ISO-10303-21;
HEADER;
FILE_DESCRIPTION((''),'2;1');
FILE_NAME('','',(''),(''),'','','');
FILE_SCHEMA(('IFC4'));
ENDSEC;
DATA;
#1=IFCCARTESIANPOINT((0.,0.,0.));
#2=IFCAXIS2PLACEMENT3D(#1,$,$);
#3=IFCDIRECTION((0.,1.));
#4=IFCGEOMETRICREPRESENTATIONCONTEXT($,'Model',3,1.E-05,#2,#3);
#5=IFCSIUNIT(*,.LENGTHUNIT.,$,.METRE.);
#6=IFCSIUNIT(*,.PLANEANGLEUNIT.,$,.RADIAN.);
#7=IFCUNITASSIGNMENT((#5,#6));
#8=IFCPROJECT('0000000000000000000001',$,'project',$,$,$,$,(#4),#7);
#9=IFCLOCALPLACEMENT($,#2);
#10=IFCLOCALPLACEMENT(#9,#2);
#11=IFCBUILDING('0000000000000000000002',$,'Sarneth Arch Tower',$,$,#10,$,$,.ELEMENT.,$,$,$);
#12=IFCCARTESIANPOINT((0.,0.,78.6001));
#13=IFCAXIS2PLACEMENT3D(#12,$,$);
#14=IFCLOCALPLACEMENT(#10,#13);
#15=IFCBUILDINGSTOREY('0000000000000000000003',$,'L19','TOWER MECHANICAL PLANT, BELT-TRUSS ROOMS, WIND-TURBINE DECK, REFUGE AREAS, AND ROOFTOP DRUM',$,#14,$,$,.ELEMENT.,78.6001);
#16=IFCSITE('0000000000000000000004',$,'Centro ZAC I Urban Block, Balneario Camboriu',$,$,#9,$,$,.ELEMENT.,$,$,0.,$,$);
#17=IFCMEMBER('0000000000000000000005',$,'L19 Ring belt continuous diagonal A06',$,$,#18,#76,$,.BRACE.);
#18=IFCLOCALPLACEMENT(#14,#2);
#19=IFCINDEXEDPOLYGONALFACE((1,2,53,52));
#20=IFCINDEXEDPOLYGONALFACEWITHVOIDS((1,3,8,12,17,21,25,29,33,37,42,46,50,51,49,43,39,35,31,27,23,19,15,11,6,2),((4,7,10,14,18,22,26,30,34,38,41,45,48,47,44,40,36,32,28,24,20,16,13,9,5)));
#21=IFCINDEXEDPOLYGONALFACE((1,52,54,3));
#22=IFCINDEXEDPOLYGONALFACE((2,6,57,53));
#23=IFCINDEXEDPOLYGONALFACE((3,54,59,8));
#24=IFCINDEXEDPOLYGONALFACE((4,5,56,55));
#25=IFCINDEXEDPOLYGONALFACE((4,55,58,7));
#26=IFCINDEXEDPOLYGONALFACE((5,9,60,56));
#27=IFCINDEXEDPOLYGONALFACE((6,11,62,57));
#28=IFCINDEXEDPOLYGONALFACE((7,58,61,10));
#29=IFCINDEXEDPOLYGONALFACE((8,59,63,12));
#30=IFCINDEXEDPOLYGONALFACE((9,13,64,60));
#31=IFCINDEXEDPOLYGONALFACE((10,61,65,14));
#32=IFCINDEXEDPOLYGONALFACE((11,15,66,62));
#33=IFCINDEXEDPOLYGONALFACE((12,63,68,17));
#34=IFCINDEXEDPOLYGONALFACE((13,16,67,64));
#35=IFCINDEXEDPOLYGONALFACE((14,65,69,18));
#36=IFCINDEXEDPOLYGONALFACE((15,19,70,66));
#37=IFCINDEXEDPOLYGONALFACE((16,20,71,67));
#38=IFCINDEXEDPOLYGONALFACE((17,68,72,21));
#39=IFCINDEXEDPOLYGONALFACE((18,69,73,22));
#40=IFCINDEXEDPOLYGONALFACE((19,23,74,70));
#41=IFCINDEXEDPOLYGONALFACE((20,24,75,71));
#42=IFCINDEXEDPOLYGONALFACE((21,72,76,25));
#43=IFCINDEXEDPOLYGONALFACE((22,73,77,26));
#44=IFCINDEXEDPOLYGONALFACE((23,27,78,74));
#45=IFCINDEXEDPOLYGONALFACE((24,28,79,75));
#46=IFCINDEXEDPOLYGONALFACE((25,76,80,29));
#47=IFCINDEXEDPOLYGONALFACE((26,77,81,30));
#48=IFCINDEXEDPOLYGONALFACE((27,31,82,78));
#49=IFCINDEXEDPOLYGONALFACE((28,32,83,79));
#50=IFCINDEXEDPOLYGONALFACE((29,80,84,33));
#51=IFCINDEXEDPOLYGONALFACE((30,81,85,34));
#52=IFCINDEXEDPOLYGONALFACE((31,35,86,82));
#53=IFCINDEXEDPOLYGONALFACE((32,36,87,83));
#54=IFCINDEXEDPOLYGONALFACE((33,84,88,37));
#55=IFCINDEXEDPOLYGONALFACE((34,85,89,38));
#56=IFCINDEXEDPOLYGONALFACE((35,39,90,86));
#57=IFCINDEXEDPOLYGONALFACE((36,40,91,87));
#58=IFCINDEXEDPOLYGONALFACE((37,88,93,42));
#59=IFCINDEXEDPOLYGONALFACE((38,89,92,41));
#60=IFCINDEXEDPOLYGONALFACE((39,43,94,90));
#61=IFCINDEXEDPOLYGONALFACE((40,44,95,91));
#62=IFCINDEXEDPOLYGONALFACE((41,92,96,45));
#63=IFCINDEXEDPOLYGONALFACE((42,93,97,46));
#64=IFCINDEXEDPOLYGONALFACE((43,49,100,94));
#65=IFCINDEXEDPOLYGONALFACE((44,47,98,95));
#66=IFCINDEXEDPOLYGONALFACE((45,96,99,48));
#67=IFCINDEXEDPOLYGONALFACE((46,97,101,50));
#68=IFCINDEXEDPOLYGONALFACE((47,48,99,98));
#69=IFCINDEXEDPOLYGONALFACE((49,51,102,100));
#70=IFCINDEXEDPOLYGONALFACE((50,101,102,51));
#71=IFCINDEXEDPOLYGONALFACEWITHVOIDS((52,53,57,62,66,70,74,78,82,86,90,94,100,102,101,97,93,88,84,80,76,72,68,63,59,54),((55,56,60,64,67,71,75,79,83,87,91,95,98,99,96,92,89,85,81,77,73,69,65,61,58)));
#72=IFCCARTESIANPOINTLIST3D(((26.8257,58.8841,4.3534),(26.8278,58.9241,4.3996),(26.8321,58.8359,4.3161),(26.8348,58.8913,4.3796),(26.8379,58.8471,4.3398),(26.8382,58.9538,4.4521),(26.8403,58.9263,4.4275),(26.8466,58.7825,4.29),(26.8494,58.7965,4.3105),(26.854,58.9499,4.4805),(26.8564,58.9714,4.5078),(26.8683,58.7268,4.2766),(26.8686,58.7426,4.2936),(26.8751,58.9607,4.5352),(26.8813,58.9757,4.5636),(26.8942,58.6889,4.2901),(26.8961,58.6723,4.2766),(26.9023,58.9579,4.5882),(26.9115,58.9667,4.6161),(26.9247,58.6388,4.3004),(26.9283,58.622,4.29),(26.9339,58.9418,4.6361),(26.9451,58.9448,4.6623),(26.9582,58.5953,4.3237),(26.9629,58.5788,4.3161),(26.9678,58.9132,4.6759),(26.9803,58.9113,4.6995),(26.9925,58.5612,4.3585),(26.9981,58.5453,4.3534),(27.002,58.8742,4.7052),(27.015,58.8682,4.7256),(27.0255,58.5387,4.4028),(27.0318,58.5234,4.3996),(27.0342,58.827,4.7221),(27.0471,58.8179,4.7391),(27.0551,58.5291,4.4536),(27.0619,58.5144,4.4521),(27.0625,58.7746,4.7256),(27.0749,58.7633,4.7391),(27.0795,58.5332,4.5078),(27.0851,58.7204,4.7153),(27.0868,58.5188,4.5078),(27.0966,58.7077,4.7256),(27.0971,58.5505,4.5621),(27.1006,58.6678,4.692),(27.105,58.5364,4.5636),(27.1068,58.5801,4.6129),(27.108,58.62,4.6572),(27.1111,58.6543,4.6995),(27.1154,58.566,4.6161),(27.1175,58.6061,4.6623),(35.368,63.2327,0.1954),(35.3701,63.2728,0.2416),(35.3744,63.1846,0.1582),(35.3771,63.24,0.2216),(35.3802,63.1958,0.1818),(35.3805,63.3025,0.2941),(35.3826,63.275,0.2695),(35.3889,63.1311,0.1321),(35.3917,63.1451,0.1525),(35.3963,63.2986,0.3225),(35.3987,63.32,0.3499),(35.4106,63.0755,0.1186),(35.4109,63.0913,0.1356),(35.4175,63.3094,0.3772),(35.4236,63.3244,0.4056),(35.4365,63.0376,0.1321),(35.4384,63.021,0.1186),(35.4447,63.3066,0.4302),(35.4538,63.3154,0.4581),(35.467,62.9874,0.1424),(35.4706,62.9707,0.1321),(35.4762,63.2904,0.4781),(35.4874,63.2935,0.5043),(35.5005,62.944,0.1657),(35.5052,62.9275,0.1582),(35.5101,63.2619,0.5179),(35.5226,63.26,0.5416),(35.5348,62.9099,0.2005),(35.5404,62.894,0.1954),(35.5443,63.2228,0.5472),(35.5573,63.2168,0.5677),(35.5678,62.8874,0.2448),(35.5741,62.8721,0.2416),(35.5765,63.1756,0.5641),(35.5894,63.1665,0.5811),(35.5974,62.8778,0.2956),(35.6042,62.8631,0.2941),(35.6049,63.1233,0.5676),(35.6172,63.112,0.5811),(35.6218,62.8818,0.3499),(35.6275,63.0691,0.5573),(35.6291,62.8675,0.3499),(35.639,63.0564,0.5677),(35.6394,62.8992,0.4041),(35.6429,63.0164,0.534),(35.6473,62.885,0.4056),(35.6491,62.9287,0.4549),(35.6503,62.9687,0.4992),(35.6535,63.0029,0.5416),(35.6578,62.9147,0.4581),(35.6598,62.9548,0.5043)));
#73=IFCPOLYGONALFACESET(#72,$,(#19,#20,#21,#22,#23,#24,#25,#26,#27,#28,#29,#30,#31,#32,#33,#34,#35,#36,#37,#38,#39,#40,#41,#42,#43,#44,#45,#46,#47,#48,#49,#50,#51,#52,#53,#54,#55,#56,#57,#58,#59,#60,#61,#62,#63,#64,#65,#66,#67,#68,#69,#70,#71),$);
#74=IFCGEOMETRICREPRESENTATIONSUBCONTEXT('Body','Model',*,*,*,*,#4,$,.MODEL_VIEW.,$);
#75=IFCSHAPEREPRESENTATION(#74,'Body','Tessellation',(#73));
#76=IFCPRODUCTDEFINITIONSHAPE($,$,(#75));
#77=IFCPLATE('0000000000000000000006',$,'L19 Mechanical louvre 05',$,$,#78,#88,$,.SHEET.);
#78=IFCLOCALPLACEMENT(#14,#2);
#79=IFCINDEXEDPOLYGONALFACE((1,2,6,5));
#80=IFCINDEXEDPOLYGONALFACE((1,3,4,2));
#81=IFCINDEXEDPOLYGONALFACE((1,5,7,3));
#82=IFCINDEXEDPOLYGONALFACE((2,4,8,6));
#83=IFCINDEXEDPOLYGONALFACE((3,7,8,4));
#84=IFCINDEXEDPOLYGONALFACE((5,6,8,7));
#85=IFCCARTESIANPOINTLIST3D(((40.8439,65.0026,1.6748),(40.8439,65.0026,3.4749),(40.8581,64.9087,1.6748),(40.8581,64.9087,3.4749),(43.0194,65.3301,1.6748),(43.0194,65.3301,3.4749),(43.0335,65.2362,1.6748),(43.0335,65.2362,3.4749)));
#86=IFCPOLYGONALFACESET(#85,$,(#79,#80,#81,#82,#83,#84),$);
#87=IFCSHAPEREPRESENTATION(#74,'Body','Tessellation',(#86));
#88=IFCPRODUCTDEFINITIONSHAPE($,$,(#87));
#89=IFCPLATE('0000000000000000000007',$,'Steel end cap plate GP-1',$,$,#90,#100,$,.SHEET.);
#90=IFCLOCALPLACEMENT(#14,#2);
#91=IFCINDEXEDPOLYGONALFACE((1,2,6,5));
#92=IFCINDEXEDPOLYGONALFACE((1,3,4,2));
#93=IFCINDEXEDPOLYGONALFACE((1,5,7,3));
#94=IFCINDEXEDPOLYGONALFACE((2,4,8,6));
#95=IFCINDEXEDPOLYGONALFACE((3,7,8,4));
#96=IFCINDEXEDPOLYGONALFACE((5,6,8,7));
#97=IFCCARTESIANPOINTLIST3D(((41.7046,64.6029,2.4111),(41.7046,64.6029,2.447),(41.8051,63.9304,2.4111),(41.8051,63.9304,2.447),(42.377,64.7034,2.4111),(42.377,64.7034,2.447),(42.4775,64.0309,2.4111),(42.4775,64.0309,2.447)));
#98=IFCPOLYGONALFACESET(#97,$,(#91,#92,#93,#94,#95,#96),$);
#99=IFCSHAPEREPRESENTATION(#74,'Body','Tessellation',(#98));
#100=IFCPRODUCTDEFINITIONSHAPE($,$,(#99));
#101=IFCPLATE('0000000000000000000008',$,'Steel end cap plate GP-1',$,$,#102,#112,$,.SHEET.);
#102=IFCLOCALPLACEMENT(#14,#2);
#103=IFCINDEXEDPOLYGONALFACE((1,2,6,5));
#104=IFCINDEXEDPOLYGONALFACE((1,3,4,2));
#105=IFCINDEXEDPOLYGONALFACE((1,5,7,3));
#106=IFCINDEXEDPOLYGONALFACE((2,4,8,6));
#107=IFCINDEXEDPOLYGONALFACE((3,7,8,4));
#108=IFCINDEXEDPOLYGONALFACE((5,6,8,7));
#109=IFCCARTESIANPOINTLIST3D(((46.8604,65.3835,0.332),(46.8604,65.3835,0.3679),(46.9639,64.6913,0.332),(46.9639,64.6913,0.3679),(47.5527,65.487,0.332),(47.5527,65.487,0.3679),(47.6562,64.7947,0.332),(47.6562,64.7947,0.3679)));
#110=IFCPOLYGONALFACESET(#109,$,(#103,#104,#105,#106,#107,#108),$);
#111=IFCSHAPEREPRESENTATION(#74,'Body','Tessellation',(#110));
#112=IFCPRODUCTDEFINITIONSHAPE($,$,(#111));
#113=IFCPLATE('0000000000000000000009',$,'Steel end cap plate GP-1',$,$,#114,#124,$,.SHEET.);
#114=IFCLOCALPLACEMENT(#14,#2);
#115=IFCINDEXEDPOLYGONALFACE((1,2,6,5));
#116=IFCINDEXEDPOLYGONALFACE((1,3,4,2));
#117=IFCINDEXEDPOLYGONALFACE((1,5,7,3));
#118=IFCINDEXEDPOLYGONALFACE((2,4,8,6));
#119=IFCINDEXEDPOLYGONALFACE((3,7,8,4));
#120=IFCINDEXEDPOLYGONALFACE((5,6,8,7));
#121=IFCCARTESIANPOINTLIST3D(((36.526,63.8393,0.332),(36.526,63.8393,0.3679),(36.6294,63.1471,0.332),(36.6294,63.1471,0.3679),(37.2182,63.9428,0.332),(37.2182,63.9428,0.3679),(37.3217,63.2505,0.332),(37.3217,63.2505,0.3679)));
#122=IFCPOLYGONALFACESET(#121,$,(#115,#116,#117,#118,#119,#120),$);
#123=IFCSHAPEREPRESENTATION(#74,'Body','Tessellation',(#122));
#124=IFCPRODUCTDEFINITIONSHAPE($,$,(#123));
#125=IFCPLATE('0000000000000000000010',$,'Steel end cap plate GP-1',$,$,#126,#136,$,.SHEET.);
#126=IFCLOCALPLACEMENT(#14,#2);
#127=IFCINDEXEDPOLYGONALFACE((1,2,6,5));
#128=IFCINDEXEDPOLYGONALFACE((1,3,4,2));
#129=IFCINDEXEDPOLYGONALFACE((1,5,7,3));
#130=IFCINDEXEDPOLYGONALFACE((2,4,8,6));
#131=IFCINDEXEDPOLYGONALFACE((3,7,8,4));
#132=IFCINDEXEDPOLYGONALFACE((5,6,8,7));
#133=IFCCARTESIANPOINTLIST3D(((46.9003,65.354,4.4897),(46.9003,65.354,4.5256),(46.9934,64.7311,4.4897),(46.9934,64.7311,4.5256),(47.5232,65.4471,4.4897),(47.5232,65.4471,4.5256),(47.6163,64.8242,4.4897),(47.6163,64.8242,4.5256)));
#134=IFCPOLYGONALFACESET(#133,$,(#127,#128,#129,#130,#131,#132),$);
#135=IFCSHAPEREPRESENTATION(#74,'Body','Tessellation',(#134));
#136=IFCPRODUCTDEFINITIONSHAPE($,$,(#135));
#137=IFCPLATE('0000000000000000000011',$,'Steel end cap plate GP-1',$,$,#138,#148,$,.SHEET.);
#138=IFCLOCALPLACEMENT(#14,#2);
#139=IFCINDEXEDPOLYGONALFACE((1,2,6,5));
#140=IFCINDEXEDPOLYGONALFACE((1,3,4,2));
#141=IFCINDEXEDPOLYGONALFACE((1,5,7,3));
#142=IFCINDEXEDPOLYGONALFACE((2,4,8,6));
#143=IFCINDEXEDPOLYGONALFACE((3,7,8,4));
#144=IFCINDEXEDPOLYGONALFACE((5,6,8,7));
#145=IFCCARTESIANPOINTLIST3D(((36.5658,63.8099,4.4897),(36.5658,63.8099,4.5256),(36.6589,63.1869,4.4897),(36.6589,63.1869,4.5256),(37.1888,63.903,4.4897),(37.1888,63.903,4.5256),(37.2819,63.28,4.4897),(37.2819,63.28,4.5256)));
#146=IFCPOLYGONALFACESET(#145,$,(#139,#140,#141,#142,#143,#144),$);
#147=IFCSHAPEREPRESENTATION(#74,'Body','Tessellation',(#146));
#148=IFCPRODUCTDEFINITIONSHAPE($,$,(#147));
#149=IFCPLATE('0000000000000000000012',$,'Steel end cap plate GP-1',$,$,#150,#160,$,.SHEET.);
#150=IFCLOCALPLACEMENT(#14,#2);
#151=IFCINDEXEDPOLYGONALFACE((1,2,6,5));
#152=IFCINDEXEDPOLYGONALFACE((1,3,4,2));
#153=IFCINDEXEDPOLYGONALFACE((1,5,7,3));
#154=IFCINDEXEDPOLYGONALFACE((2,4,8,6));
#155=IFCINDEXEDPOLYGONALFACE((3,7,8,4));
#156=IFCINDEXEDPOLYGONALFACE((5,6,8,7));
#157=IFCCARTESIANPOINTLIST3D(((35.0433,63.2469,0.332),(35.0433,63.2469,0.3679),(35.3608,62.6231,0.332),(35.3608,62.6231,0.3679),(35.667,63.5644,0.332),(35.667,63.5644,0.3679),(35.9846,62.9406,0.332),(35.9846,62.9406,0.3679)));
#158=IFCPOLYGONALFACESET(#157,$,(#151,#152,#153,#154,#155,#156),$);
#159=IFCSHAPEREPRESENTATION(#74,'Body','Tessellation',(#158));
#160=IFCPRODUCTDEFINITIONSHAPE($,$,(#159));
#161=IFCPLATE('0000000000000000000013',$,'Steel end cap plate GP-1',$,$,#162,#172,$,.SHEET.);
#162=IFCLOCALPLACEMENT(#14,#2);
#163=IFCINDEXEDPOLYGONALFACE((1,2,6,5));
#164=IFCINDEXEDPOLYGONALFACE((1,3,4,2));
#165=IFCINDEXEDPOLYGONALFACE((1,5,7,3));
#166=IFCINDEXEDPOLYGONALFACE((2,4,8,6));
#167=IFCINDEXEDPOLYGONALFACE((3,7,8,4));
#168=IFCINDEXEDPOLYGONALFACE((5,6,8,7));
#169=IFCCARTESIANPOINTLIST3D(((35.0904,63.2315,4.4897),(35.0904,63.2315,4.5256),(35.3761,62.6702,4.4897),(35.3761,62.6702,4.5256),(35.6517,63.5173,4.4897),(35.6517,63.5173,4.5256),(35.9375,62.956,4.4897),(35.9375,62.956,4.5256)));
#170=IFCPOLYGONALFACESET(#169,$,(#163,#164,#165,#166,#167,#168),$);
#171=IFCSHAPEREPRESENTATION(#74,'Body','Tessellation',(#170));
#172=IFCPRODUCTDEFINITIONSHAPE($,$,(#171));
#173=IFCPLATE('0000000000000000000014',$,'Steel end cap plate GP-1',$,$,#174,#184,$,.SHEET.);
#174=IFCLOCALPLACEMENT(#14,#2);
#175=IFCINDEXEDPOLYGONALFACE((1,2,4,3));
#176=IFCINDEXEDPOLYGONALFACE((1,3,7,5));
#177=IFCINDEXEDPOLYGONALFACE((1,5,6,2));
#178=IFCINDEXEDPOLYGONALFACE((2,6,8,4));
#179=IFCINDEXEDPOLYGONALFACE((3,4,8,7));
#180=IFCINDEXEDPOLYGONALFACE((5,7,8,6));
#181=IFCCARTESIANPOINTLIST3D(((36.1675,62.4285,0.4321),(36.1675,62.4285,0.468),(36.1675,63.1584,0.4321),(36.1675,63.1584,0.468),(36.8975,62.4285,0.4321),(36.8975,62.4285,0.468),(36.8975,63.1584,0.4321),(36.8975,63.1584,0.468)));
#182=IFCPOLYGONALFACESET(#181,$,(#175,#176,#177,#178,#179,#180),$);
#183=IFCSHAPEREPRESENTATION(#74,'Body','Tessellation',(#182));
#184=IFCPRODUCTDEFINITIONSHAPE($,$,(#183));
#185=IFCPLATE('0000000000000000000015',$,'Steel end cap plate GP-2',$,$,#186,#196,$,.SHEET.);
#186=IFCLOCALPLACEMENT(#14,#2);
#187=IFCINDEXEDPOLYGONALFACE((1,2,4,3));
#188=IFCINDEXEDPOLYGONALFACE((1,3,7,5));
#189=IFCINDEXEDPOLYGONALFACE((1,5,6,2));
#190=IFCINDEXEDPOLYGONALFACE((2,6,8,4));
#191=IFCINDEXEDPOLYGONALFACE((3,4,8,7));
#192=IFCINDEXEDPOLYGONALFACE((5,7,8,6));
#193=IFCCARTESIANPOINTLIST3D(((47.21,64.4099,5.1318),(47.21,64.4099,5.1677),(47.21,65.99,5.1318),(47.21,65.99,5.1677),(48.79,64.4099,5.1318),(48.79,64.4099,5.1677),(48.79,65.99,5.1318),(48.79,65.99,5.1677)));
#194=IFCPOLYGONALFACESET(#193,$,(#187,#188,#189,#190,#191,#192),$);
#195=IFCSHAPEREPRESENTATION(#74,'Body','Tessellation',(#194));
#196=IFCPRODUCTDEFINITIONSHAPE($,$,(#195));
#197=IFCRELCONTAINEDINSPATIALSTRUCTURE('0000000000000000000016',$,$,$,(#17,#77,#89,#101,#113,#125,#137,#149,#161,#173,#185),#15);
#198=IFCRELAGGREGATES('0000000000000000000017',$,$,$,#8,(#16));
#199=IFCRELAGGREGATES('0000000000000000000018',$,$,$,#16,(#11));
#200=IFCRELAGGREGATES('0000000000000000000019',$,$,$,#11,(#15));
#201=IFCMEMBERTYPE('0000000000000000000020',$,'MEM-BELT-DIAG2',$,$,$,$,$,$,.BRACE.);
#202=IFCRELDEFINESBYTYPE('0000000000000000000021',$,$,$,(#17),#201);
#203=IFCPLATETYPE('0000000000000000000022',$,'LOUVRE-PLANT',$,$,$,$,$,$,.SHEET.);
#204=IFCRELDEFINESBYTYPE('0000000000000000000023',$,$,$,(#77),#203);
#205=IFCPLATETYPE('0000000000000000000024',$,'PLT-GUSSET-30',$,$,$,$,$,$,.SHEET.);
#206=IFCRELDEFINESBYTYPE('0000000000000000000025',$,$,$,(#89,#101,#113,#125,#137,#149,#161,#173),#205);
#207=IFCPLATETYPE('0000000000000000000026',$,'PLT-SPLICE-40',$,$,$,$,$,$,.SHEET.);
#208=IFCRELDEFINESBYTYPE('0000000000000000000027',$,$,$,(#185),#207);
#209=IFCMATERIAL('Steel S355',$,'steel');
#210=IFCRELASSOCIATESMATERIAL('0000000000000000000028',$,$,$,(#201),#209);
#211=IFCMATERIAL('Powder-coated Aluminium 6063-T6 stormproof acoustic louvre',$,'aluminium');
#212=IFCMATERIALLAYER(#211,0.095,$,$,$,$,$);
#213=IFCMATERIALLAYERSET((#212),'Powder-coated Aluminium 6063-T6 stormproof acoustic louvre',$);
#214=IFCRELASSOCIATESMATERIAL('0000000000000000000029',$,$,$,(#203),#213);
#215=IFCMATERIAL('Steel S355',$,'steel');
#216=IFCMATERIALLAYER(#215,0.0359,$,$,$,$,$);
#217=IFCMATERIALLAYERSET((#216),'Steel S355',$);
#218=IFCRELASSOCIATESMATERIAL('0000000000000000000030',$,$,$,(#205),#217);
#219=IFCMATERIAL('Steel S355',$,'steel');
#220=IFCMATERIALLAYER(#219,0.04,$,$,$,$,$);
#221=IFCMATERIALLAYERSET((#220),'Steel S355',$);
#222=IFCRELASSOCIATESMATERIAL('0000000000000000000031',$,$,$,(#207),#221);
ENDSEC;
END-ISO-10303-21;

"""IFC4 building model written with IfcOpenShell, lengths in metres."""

from ifc_helpers import new_model, si_unit, direction, frame, origin, origin_2d, place, context, subcontext, project, spatial, rectangle, hollow_circle, extrude, material, layer, layer_set, material_profile, profile_set, type_object, element, save


model = new_model("IFC4")

# Units and contexts
model_context = context("Model", 3, precision=1e-05, world=origin(), true_north=direction((0.0, 1.0)))
body_context = subcontext(model_context, "Body", "Model", "MODEL_VIEW")
ifc_project = project(units=[si_unit("LENGTHUNIT", "METRE"), si_unit("PLANEANGLEUNIT", "RADIAN")], contexts=[model_context])

# Site, building, storey
site_placement = place(None, origin())
site = spatial("IfcSite", under=ifc_project, at=site_placement, Name="Centro ZAC I Urban Block, Balneario Camboriu", CompositionType="ELEMENT", RefElevation=0.0)
building_placement = place(site_placement, origin())
building = spatial("IfcBuilding", under=site, at=building_placement, Name="Sarneth Arch Tower", CompositionType="ELEMENT")
storey_placement = place(building_placement, frame((0.0, 0.0, 78.6001)))
storey = spatial("IfcBuildingStorey", under=building, at=storey_placement, Name="L19", Description="TOWER MECHANICAL PLANT, BELT-TRUSS ROOMS, WIND-TURBINE DECK, REFUGE AREAS, AND ROOFTOP DRUM", CompositionType="ELEMENT", Elevation=78.6001)

# Member
ifc_material_1 = material(Name="Steel S355", Category="steel")
ifc_material_profile_1 = material_profile(ifc_material_1, hollow_circle(Radius=0.2539, WallThickness=0.0161, at=origin_2d()), Name="CHS508x16")
ifc_profile_set_1 = profile_set([ifc_material_profile_1], Name="Steel S355")
member_type_1 = type_object("IfcMemberType", Name="MEM-BELT-DIAG2", PredefinedType="BRACE", material=ifc_profile_set_1)
member_1_placement = place(storey_placement, frame((35.5139, 63.0938, 0.3499), z_axis=(-0.817564, -0.416201, 0.397952), x_axis=(0.453671, -0.891169, 0.0)))
element("IfcMember", 1, at=member_1_placement, inside=storey, type_object=member_type_1, Name="L19 Ring belt continuous diagonal A06", PredefinedType="BRACE", context=body_context, shape_type="SweptSolid", body=[
    extrude(hollow_circle(Radius=0.2539, WallThickness=0.0161, at=origin_2d()), origin(), (0.0, 0.0, 1.0), 10.4485),
])

# Plates
ifc_material_2 = material(Name="Powder-coated Aluminium 6063-T6 stormproof acoustic louvre", Category="aluminium")
ifc_layer_1 = layer(ifc_material_2, 0.095)
ifc_layer_set_1 = layer_set([ifc_layer_1], Name="Powder-coated Aluminium 6063-T6 stormproof acoustic louvre")
plate_type_1 = type_object("IfcPlateType", Name="LOUVRE-PLANT", PredefinedType="SHEET", material=ifc_layer_set_1)
plate_1_placement = place(storey_placement, frame((41.9387, 65.1194, 1.6748), z_axis=(0.0, 0.0, 1.0), x_axis=(-0.988861, -0.148845, 0.0)))
element("IfcPlate", 2, at=plate_1_placement, inside=storey, type_object=plate_type_1, Name="L19 Mechanical louvre 05", PredefinedType="SHEET", context=body_context, shape_type="SweptSolid", body=[
    extrude(rectangle(XDim=2.2, YDim=0.095, at=origin_2d()), origin(), (0.0, 0.0, 1.0), 1.8),
])
ifc_material_3 = material(Name="Steel S355", Category="steel")
ifc_layer_2 = layer(ifc_material_3, 0.0359)
ifc_layer_set_2 = layer_set([ifc_layer_2], Name="Steel S355")
plate_type_2 = type_object("IfcPlateType", Name="PLT-GUSSET-30", PredefinedType="SHEET", material=ifc_layer_set_2)
plate_2_placement = place(storey_placement, frame((42.0911, 64.3169, 2.4111), z_axis=(0.0, 0.0, 1.0), x_axis=(-0.989016, -0.147809, 0.0)))
element("IfcPlate", 3, at=plate_2_placement, inside=storey, type_object=plate_type_2, Name="Steel end cap plate GP-1", PredefinedType="SHEET", context=body_context, shape_type="SweptSolid", body=[
    extrude(rectangle(XDim=0.6799, YDim=0.6799, at=origin_2d()), origin(), (0.0, 0.0, 1.0), 0.0359),
])
for number, where, z_axis, x_axis, name in (
    (4, (47.2583, 65.0891, 0.332), (0.0, 0.0, 1.0), (0.989016, 0.147809, 0.0), "Steel end cap plate GP-1"),
    (5, (36.9238, 63.5449, 0.332), (0.0, 0.0, 1.0), (-0.989016, -0.147809, 0.0), "Steel end cap plate GP-1"),
):
    element("IfcPlate", number, at=place(storey_placement, frame(where, z_axis=z_axis, x_axis=x_axis)), inside=storey, type_object=plate_type_2, Name=name, PredefinedType="SHEET", context=body_context, shape_type="SweptSolid", body=[
        extrude(rectangle(XDim=0.7, YDim=0.7, at=origin_2d()), origin(), (0.0, 0.0, 1.0), 0.0359),
    ])
for number, where, z_axis, x_axis, name in (
    (6, (47.2583, 65.0891, 4.4897), (0.0, 0.0, 1.0), (0.989016, 0.147809, 0.0), "Steel end cap plate GP-1"),
    (7, (36.9238, 63.5449, 4.4897), (0.0, 0.0, 1.0), (-0.989016, -0.147809, 0.0), "Steel end cap plate GP-1"),
):
    element("IfcPlate", number, at=place(storey_placement, frame(where, z_axis=z_axis, x_axis=x_axis)), inside=storey, type_object=plate_type_2, Name=name, PredefinedType="SHEET", context=body_context, shape_type="SweptSolid", body=[
        extrude(rectangle(XDim=0.6299, YDim=0.6299, at=origin_2d()), origin(), (0.0, 0.0, 1.0), 0.0359),
    ])
plate_3_placement = place(storey_placement, frame((35.5139, 63.0938, 0.332), z_axis=(0.0, 0.0, 1.0), x_axis=(0.891165, 0.453679, 0.0)))
element("IfcPlate", 8, at=plate_3_placement, inside=storey, type_object=plate_type_2, Name="Steel end cap plate GP-1", PredefinedType="SHEET", context=body_context, shape_type="SweptSolid", body=[
    extrude(rectangle(XDim=0.7, YDim=0.7, at=origin_2d()), origin(), (0.0, 0.0, 1.0), 0.0359),
])
plate_4_placement = place(storey_placement, frame((35.5139, 63.0938, 4.4897), z_axis=(0.0, 0.0, 1.0), x_axis=(0.891165, 0.453679, 0.0)))
element("IfcPlate", 9, at=plate_4_placement, inside=storey, type_object=plate_type_2, Name="Steel end cap plate GP-1", PredefinedType="SHEET", context=body_context, shape_type="SweptSolid", body=[
    extrude(rectangle(XDim=0.6299, YDim=0.6299, at=origin_2d()), origin(), (0.0, 0.0, 1.0), 0.0359),
])
plate_5_placement = place(storey_placement, frame((36.5325, 62.7935, 0.4321), z_axis=(0.0, 0.0, 1.0), x_axis=(1.0, 0.0, 0.0)))
element("IfcPlate", 10, at=plate_5_placement, inside=storey, type_object=plate_type_2, Name="Steel end cap plate GP-1", PredefinedType="SHEET", context=body_context, shape_type="SweptSolid", body=[
    extrude(rectangle(XDim=0.73, YDim=0.73, at=origin_2d()), origin(), (0.0, 0.0, 1.0), 0.0359),
])
ifc_material_4 = material(Name="Steel S355", Category="steel")
ifc_layer_3 = layer(ifc_material_4, 0.04)
ifc_layer_set_3 = layer_set([ifc_layer_3], Name="Steel S355")
plate_type_3 = type_object("IfcPlateType", Name="PLT-SPLICE-40", PredefinedType="SHEET", material=ifc_layer_set_3)
for number, where, z_axis, x_axis, name in (
    (11, (48.0, 65.2, 5.1318), (0.0, 0.0, 1.0), (1.0, 0.0, 0.0), "Steel end cap plate GP-2"),
):
    element("IfcPlate", number, at=place(storey_placement, frame(where, z_axis=z_axis, x_axis=x_axis)), inside=storey, type_object=plate_type_3, Name=name, PredefinedType="SHEET", context=body_context, shape_type="SweptSolid", body=[
        extrude(rectangle(XDim=1.5801, YDim=1.5801, at=origin_2d()), origin(), (0.0, 0.0, 1.0), 0.0359),
    ])

save(model, "model.ifc")
